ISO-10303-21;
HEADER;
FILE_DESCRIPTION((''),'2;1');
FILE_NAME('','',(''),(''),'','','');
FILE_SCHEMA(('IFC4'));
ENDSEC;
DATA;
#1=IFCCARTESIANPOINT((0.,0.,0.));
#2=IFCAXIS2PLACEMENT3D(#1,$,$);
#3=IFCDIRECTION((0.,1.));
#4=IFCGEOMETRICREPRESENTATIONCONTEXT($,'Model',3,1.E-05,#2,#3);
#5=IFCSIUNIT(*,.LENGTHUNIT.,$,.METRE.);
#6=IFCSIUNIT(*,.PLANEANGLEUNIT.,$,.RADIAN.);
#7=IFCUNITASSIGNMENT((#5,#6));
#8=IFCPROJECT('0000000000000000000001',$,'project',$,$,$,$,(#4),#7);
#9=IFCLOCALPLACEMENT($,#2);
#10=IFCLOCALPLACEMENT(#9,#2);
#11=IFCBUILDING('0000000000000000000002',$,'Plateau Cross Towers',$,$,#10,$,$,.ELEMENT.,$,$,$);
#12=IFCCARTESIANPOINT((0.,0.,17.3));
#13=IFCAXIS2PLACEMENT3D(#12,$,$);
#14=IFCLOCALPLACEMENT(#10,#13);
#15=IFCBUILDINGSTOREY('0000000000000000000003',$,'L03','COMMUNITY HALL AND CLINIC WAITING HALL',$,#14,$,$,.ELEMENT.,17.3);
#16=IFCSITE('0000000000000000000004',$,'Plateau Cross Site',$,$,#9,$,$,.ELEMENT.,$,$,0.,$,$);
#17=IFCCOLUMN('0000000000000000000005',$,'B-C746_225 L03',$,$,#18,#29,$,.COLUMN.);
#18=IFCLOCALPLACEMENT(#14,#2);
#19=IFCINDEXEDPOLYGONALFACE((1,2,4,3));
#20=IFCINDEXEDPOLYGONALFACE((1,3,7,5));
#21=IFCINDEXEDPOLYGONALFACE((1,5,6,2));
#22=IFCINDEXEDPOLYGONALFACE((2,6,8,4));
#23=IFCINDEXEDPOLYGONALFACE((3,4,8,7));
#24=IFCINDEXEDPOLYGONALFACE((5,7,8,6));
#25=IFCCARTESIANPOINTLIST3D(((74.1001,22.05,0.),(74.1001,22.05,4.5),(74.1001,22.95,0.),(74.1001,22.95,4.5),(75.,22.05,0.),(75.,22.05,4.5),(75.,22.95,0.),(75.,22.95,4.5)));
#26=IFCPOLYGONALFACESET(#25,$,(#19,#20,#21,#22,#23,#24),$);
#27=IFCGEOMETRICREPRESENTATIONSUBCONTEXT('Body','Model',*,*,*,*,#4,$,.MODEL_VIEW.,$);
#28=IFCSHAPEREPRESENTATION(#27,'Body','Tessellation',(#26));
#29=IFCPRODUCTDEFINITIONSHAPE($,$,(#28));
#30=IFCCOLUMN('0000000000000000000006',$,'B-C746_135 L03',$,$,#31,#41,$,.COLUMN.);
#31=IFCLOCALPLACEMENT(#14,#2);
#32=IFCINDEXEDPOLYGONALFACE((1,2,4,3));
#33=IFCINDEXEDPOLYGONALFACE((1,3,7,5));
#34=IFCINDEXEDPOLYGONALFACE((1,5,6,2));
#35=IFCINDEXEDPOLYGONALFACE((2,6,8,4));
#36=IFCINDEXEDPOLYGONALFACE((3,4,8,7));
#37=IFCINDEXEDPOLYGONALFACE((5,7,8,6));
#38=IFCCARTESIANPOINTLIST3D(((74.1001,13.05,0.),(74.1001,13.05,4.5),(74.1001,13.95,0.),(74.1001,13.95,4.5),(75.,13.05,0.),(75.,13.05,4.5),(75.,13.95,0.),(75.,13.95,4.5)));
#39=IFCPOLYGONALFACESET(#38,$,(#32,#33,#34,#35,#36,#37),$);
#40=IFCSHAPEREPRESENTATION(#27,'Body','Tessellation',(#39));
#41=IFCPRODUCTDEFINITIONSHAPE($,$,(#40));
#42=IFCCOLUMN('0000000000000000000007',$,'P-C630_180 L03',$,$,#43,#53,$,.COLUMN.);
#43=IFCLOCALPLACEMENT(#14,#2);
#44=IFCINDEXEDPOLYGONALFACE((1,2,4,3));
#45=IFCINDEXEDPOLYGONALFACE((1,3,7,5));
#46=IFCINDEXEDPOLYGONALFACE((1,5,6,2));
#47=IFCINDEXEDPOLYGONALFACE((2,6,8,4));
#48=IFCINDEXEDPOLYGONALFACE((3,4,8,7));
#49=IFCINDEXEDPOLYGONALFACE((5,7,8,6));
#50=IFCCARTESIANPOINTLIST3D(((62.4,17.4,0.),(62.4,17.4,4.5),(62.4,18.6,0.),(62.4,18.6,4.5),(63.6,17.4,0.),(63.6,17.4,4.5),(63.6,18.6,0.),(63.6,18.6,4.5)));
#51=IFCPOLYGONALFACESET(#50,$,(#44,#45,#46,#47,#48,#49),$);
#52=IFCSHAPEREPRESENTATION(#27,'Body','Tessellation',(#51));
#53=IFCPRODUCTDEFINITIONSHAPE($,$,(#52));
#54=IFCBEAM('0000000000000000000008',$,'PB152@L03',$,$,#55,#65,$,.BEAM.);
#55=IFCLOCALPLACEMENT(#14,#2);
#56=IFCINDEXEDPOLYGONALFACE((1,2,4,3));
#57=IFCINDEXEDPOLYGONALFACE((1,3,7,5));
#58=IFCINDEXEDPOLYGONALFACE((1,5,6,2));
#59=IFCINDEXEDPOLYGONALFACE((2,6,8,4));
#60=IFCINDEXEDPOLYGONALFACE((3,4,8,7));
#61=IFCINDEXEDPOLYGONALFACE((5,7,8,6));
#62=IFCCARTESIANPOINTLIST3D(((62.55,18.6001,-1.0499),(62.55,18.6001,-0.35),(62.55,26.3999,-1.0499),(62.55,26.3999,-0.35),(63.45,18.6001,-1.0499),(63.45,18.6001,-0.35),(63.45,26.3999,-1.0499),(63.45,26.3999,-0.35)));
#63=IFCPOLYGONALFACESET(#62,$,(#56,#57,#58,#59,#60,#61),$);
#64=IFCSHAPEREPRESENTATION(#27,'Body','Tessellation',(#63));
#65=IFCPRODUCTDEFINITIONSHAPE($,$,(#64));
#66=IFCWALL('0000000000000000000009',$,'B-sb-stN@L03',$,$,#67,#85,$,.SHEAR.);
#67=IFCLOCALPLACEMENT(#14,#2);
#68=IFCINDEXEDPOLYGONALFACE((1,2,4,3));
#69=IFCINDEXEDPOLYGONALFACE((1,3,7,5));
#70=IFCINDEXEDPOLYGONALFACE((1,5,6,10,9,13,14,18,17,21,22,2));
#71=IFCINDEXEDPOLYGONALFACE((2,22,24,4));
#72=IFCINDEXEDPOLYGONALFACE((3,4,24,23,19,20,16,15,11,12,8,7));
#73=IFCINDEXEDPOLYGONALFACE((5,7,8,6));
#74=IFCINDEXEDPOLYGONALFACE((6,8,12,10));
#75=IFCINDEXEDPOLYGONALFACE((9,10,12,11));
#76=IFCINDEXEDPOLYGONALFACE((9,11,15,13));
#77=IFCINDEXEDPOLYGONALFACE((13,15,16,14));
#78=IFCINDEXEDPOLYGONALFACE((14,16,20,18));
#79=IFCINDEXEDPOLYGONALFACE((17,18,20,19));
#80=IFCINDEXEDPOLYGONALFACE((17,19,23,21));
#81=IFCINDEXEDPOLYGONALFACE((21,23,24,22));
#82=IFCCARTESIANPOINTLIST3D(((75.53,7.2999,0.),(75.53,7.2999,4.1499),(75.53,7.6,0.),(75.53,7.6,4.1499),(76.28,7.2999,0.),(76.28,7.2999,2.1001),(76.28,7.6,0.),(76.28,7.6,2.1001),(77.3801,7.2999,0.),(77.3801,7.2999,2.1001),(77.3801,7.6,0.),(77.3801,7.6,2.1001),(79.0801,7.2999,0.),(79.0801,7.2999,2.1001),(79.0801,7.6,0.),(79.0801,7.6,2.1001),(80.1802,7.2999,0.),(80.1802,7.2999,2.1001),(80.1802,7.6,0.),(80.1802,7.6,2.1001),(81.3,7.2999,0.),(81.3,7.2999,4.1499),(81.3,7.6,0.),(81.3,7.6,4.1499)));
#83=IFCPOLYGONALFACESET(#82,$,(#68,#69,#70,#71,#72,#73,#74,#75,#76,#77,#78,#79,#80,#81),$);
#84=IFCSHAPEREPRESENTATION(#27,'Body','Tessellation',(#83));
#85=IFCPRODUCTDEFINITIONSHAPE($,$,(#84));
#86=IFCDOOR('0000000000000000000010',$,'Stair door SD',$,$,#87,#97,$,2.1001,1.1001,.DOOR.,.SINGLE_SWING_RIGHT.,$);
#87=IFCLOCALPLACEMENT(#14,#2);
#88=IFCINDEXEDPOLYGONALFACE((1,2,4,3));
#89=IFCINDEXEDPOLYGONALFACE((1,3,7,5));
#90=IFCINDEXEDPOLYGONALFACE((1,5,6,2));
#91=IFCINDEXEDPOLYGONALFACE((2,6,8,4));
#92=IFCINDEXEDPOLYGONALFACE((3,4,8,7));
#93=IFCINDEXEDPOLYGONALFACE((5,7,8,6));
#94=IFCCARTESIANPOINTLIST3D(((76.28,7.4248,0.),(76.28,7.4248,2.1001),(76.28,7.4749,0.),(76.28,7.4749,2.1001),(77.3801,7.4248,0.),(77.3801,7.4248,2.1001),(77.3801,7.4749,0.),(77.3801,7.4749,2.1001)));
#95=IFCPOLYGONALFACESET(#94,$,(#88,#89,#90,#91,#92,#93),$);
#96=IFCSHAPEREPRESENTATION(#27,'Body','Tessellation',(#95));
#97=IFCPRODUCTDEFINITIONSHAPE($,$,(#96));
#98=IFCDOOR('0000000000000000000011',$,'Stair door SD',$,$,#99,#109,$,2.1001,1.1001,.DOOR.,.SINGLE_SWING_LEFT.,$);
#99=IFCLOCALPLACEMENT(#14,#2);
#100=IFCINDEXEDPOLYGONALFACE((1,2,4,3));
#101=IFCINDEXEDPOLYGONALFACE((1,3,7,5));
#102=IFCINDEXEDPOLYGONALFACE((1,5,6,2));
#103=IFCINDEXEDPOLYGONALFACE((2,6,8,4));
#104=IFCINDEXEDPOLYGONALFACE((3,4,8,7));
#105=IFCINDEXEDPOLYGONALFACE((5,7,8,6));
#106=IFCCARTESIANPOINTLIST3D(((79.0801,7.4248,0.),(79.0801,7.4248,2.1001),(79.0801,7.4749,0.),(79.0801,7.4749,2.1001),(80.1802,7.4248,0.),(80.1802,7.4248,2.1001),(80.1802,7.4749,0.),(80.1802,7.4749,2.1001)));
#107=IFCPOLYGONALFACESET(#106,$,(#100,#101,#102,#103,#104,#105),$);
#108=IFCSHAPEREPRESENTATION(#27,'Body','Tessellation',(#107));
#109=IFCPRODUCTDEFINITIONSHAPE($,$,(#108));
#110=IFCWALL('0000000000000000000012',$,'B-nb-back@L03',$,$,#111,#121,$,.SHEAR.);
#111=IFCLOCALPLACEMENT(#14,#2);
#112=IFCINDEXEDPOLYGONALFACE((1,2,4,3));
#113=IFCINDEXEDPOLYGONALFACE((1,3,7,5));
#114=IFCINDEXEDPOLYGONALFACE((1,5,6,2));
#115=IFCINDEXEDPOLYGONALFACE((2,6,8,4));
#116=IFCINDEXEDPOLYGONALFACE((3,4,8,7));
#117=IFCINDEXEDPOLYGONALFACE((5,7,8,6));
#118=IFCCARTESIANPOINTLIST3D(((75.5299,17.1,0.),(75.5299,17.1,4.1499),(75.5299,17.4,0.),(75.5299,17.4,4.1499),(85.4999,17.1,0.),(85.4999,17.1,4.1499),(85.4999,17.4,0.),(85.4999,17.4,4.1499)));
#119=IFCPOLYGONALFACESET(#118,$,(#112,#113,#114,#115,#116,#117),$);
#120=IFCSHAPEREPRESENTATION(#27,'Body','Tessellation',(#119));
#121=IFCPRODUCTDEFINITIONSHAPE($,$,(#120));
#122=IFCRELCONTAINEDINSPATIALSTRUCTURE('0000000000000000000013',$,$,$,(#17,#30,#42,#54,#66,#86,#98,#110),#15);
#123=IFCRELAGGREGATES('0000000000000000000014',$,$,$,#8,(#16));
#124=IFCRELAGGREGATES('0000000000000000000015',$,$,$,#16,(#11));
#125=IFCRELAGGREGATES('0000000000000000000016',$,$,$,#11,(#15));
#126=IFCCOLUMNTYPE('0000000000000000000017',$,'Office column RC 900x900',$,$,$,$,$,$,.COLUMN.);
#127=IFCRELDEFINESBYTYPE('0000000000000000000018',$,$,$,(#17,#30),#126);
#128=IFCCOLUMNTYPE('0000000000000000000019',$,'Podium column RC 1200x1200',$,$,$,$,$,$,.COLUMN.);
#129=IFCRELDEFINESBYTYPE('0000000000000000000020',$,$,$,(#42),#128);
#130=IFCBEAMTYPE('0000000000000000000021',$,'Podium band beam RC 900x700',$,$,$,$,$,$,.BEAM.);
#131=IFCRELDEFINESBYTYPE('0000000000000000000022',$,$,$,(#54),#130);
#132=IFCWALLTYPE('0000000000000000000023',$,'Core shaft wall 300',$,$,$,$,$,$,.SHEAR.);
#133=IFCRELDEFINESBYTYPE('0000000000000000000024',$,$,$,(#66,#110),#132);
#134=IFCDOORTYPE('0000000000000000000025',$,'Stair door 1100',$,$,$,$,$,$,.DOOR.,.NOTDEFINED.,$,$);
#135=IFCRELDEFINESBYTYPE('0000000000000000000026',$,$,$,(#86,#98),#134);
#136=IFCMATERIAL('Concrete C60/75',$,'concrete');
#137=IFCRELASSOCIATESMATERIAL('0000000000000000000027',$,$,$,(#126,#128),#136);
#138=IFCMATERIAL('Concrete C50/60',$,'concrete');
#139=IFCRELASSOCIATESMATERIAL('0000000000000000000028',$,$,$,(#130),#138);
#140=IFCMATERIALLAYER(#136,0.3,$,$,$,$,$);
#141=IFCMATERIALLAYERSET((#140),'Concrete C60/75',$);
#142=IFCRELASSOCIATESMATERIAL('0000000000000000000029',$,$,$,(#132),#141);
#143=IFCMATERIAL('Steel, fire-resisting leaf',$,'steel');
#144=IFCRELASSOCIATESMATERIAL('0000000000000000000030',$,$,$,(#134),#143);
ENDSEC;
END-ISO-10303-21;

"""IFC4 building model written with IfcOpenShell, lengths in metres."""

from ifc_helpers import new_model, si_unit, direction, frame, frame_2d, origin, origin_2d, place, context, subcontext, project, spatial, rectangle, extrude, material, layer, layer_set, material_profile, profile_set, type_object, element, fill, save


model = new_model("IFC4")

# Units and contexts
model_context = context("Model", 3, precision=1e-05, world=origin(), true_north=direction((0.0, 1.0)))
body_context = subcontext(model_context, "Body", "Model", "MODEL_VIEW")
ifc_project = project(units=[si_unit("LENGTHUNIT", "METRE"), si_unit("PLANEANGLEUNIT", "RADIAN")], contexts=[model_context])

# Site, building, storey
site_placement = place(None, origin())
site = spatial("IfcSite", under=ifc_project, at=site_placement, Name="Plateau Cross Site", CompositionType="ELEMENT", RefElevation=0.0)
building_placement = place(site_placement, origin())
building = spatial("IfcBuilding", under=site, at=building_placement, Name="Plateau Cross Towers", CompositionType="ELEMENT")
storey_placement = place(building_placement, frame((0.0, 0.0, 17.3)))
storey = spatial("IfcBuildingStorey", under=building, at=storey_placement, Name="L03", Description="COMMUNITY HALL AND CLINIC WAITING HALL", CompositionType="ELEMENT", Elevation=17.3)

# Columns
ifc_material_1 = material(Name="Concrete C60/75", Category="concrete")
ifc_material_profile_1 = material_profile(ifc_material_1, rectangle(XDim=0.8999, YDim=0.8999, at=origin_2d()), Name="RC 900x900")
ifc_profile_set_1 = profile_set([ifc_material_profile_1], Name="Concrete C60/75")
column_type_1 = type_object("IfcColumnType", Name="Office column RC 900x900", PredefinedType="COLUMN", material=ifc_profile_set_1)
for number, where, z_axis, x_axis, name in (
    (1, (74.55, 22.5, 0.0), (0.0, 0.0, 1.0), (1.0, 0.0, 0.0), "B-C746_225 L03"),
    (2, (74.55, 13.5, 0.0), (0.0, 0.0, 1.0), (1.0, 0.0, 0.0), "B-C746_135 L03"),
):
    element("IfcColumn", number, at=place(storey_placement, frame(where, z_axis=z_axis, x_axis=x_axis)), inside=storey, type_object=column_type_1, Name=name, PredefinedType="COLUMN", context=body_context, shape_type="SweptSolid", body=[
        extrude(rectangle(XDim=0.8999, YDim=0.8999, at=origin_2d()), origin(), (0.0, 0.0, 1.0), 4.5),
    ])
ifc_material_profile_2 = material_profile(ifc_material_1, rectangle(XDim=1.2, YDim=1.2, at=origin_2d()), Name="RC 1200x1200")
ifc_profile_set_2 = profile_set([ifc_material_profile_2], Name="Concrete C60/75")
column_type_2 = type_object("IfcColumnType", Name="Podium column RC 1200x1200", PredefinedType="COLUMN", material=ifc_profile_set_2)
column_placement = place(storey_placement, frame((63.0, 18.0, 0.0), z_axis=(0.0, 0.0, 1.0), x_axis=(1.0, 0.0, 0.0)))
element("IfcColumn", 3, at=column_placement, inside=storey, type_object=column_type_2, Name="P-C630_180 L03", PredefinedType="COLUMN", context=body_context, shape_type="SweptSolid", body=[
    extrude(rectangle(XDim=1.2, YDim=1.2, at=origin_2d()), origin(), (0.0, 0.0, 1.0), 4.5),
])

# Beam
ifc_material_2 = material(Name="Concrete C50/60", Category="concrete")
ifc_material_profile_3 = material_profile(ifc_material_2, rectangle(XDim=0.8999, YDim=0.7, at=origin_2d()), Name="RC 900x700")
ifc_profile_set_3 = profile_set([ifc_material_profile_3], Name="Concrete C50/60")
beam_type = type_object("IfcBeamType", Name="Podium band beam RC 900x700", PredefinedType="BEAM", material=ifc_profile_set_3)
beam_placement = place(storey_placement, frame((63.0, 18.6001, -0.7), z_axis=(0.0, 1.0, 0.0), x_axis=(-1.0, 0.0, 0.0)))
element("IfcBeam", 4, at=beam_placement, inside=storey, type_object=beam_type, Name="PB152@L03", PredefinedType="BEAM", context=body_context, shape_type="SweptSolid", body=[
    extrude(rectangle(XDim=0.8999, YDim=0.7, at=origin_2d()), origin(), (0.0, 0.0, 1.0), 7.7998),
])

# Wall, openings, doors
ifc_layer_1 = layer(ifc_material_1, 0.3)
ifc_layer_set_1 = layer_set([ifc_layer_1], Name="Concrete C60/75")
wall_type_1 = type_object("IfcWallType", Name="Core shaft wall 300", PredefinedType="SHEAR", material=ifc_layer_set_1)
wall_1_placement = place(storey_placement, frame((75.53, 7.45, 0.0), z_axis=(0.0, 0.0, 1.0), x_axis=(1.0, 0.0, 0.0)))
wall_1 = element("IfcWall", 5, at=wall_1_placement, inside=storey, type_object=wall_type_1, Name="B-sb-stN@L03", PredefinedType="SHEAR", context=body_context, shape_type="SweptSolid", body=[
    extrude(rectangle(XDim=5.77, YDim=0.3, at=frame_2d((2.885, 0.0))), origin(), (0.0, 0.0, 1.0), 4.1499),
])
opening_1_placement = place(wall_1_placement, frame((0.75, 0.0, 0.0)))
opening_1 = element("IfcOpeningElement", 6, at=opening_1_placement, cuts=wall_1, PredefinedType="OPENING", context=body_context, shape_type="SweptSolid", body=[
    extrude(rectangle(XDim=1.1001, YDim=2.1001, at=frame_2d((0.55, 1.05))), frame((0.0, 0.1599, 0.0), z_axis=(0.0, -1.0, 0.0), x_axis=(1.0, 0.0, 0.0)), (0.0, 0.0, 1.0), 0.3201),
])
opening_2_placement = place(wall_1_placement, frame((3.55, 0.0, 0.0)))
opening_2 = element("IfcOpeningElement", 7, at=opening_2_placement, cuts=wall_1, PredefinedType="OPENING", context=body_context, shape_type="SweptSolid", body=[
    extrude(rectangle(XDim=1.1001, YDim=2.1001, at=frame_2d((0.55, 1.05))), frame((0.0, 0.1599, 0.0), z_axis=(0.0, -1.0, 0.0), x_axis=(1.0, 0.0, 0.0)), (0.0, 0.0, 1.0), 0.3201),
])
ifc_material_3 = material(Name="Steel, fire-resisting leaf", Category="steel")
door_type_1 = type_object("IfcDoorType", Name="Stair door 1100", OperationType="NOTDEFINED", PredefinedType="DOOR", material=ifc_material_3)
door_1_placement = place(opening_1_placement, origin())
door_1 = element("IfcDoor", 8, at=door_1_placement, inside=storey, type_object=door_type_1, Name="Stair door SD", OperationType="SINGLE_SWING_RIGHT", OverallHeight=2.1001, OverallWidth=1.1001, PredefinedType="DOOR", context=body_context, shape_type="SweptSolid", body=[
    extrude(rectangle(XDim=1.1001, YDim=2.1001, at=frame_2d((0.55, 1.05))), frame((0.0, 0.0249, 0.0), z_axis=(0.0, -1.0, 0.0), x_axis=(1.0, 0.0, 0.0)), (0.0, 0.0, 1.0), 0.05),
])
fill(opening_1, door_1)
door_2_placement = place(opening_2_placement, origin())
door_2 = element("IfcDoor", 9, at=door_2_placement, inside=storey, type_object=door_type_1, Name="Stair door SD", OperationType="SINGLE_SWING_LEFT", OverallHeight=2.1001, OverallWidth=1.1001, PredefinedType="DOOR", context=body_context, shape_type="SweptSolid", body=[
    extrude(rectangle(XDim=1.1001, YDim=2.1001, at=frame_2d((0.55, 1.05))), frame((0.0, 0.0249, 0.0), z_axis=(0.0, -1.0, 0.0), x_axis=(1.0, 0.0, 0.0)), (0.0, 0.0, 1.0), 0.05),
])
fill(opening_2, door_2)

# Wall
wall_2_placement = place(storey_placement, frame((75.53, 17.25, 0.0), z_axis=(0.0, 0.0, 1.0), x_axis=(1.0, 0.0, 0.0)))
element("IfcWall", 10, at=wall_2_placement, inside=storey, type_object=wall_type_1, Name="B-nb-back@L03", PredefinedType="SHEAR", context=body_context, shape_type="SweptSolid", body=[
    extrude(rectangle(XDim=9.97, YDim=0.3, at=frame_2d((4.9849, 0.0))), origin(), (0.0, 0.0, 1.0), 4.1499),
])

save(model, "model.ifc")
